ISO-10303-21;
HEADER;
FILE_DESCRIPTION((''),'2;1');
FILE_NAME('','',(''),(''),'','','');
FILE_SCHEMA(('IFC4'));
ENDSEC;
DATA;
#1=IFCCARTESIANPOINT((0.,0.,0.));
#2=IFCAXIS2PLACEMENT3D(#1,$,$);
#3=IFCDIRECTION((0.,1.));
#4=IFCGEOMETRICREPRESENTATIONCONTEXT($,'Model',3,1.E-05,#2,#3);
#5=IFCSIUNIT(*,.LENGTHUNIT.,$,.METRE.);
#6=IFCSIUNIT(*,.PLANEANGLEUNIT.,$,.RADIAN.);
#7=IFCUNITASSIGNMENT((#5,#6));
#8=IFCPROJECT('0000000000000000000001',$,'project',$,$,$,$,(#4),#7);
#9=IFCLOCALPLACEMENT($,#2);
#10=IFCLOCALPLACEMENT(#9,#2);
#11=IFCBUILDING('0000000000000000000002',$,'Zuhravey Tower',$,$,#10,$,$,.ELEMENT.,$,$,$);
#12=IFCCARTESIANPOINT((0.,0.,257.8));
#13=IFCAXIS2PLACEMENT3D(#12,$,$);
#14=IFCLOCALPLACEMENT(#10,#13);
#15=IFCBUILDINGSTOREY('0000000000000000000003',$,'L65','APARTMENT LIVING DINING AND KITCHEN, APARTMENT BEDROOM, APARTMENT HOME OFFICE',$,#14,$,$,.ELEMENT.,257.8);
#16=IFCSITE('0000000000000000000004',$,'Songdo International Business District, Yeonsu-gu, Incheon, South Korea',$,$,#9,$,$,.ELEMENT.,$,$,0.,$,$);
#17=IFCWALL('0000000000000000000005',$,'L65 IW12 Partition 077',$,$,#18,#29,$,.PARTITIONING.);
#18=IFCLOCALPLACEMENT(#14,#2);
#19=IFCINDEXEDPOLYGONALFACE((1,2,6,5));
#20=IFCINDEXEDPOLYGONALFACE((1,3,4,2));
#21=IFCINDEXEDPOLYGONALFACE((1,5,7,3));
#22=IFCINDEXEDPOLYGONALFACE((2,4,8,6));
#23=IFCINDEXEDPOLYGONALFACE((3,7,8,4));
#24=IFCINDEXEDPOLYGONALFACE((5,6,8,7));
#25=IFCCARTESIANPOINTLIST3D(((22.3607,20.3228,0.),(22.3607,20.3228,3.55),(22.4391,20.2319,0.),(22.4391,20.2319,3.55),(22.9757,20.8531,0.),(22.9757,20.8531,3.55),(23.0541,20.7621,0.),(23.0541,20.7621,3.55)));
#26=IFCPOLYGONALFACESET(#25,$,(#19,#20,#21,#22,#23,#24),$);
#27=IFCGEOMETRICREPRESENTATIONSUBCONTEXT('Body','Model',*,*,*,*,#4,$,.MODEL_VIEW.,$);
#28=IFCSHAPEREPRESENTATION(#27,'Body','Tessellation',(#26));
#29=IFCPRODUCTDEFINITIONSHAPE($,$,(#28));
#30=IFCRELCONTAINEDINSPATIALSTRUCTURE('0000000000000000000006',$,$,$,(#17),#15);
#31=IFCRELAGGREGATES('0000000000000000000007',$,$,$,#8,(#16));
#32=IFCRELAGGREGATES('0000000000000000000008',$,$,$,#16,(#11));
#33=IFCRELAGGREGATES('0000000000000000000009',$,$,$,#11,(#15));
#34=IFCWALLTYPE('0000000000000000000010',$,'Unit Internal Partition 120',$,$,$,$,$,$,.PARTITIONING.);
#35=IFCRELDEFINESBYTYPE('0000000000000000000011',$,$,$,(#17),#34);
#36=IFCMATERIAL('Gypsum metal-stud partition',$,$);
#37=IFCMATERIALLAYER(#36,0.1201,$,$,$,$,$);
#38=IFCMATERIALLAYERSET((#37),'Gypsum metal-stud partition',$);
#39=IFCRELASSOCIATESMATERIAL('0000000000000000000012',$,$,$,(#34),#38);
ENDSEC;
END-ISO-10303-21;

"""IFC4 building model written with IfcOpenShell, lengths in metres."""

from ifc_helpers import new_model, si_unit, direction, frame, frame_2d, origin, place, context, subcontext, project, spatial, rectangle, extrude, material, layer, layer_set, type_object, element, save


model = new_model("IFC4")

# Units and contexts
model_context = context("Model", 3, precision=1e-05, world=origin(), true_north=direction((0.0, 1.0)))
body_context = subcontext(model_context, "Body", "Model", "MODEL_VIEW")
ifc_project = project(units=[si_unit("LENGTHUNIT", "METRE"), si_unit("PLANEANGLEUNIT", "RADIAN")], contexts=[model_context])

# Site, building, storey
site_placement = place(None, origin())
site = spatial("IfcSite", under=ifc_project, at=site_placement, Name="Songdo International Business District, Yeonsu-gu, Incheon, South Korea", CompositionType="ELEMENT", RefElevation=0.0)
building_placement = place(site_placement, origin())
building = spatial("IfcBuilding", under=site, at=building_placement, Name="Zuhravey Tower", CompositionType="ELEMENT")
storey_placement = place(building_placement, frame((0.0, 0.0, 257.8)))
storey = spatial("IfcBuildingStorey", under=building, at=storey_placement, Name="L65", Description="APARTMENT LIVING DINING AND KITCHEN, APARTMENT BEDROOM, APARTMENT HOME OFFICE", CompositionType="ELEMENT", Elevation=257.8)

# Shared definitions
ifc_material_1 = material(Name="Gypsum metal-stud partition")
ifc_layer_1 = layer(ifc_material_1, 0.1201)
ifc_layer_set_1 = layer_set([ifc_layer_1], Name="Gypsum metal-stud partition")
wall_type_1 = type_object("IfcWallType", Name="Unit Internal Partition 120", PredefinedType="PARTITIONING", material=ifc_layer_set_1)

# Wall
wall_1_placement = place(storey_placement, frame((23.0149, 20.8076, 0.0), z_axis=(0.0, 0.0, 1.0), x_axis=(-0.757343, -0.653017, 0.0)))
element("IfcWall", 1, at=wall_1_placement, inside=storey, type_object=wall_type_1, Name="L65 IW12 Partition 077", PredefinedType="PARTITIONING", context=body_context, shape_type="SweptSolid", body=[
    extrude(rectangle(XDim=0.812, YDim=0.1201, at=frame_2d((0.406, 0.0))), origin(), (0.0, 0.0, 1.0), 3.55),
])

save(model, "model.ifc")
